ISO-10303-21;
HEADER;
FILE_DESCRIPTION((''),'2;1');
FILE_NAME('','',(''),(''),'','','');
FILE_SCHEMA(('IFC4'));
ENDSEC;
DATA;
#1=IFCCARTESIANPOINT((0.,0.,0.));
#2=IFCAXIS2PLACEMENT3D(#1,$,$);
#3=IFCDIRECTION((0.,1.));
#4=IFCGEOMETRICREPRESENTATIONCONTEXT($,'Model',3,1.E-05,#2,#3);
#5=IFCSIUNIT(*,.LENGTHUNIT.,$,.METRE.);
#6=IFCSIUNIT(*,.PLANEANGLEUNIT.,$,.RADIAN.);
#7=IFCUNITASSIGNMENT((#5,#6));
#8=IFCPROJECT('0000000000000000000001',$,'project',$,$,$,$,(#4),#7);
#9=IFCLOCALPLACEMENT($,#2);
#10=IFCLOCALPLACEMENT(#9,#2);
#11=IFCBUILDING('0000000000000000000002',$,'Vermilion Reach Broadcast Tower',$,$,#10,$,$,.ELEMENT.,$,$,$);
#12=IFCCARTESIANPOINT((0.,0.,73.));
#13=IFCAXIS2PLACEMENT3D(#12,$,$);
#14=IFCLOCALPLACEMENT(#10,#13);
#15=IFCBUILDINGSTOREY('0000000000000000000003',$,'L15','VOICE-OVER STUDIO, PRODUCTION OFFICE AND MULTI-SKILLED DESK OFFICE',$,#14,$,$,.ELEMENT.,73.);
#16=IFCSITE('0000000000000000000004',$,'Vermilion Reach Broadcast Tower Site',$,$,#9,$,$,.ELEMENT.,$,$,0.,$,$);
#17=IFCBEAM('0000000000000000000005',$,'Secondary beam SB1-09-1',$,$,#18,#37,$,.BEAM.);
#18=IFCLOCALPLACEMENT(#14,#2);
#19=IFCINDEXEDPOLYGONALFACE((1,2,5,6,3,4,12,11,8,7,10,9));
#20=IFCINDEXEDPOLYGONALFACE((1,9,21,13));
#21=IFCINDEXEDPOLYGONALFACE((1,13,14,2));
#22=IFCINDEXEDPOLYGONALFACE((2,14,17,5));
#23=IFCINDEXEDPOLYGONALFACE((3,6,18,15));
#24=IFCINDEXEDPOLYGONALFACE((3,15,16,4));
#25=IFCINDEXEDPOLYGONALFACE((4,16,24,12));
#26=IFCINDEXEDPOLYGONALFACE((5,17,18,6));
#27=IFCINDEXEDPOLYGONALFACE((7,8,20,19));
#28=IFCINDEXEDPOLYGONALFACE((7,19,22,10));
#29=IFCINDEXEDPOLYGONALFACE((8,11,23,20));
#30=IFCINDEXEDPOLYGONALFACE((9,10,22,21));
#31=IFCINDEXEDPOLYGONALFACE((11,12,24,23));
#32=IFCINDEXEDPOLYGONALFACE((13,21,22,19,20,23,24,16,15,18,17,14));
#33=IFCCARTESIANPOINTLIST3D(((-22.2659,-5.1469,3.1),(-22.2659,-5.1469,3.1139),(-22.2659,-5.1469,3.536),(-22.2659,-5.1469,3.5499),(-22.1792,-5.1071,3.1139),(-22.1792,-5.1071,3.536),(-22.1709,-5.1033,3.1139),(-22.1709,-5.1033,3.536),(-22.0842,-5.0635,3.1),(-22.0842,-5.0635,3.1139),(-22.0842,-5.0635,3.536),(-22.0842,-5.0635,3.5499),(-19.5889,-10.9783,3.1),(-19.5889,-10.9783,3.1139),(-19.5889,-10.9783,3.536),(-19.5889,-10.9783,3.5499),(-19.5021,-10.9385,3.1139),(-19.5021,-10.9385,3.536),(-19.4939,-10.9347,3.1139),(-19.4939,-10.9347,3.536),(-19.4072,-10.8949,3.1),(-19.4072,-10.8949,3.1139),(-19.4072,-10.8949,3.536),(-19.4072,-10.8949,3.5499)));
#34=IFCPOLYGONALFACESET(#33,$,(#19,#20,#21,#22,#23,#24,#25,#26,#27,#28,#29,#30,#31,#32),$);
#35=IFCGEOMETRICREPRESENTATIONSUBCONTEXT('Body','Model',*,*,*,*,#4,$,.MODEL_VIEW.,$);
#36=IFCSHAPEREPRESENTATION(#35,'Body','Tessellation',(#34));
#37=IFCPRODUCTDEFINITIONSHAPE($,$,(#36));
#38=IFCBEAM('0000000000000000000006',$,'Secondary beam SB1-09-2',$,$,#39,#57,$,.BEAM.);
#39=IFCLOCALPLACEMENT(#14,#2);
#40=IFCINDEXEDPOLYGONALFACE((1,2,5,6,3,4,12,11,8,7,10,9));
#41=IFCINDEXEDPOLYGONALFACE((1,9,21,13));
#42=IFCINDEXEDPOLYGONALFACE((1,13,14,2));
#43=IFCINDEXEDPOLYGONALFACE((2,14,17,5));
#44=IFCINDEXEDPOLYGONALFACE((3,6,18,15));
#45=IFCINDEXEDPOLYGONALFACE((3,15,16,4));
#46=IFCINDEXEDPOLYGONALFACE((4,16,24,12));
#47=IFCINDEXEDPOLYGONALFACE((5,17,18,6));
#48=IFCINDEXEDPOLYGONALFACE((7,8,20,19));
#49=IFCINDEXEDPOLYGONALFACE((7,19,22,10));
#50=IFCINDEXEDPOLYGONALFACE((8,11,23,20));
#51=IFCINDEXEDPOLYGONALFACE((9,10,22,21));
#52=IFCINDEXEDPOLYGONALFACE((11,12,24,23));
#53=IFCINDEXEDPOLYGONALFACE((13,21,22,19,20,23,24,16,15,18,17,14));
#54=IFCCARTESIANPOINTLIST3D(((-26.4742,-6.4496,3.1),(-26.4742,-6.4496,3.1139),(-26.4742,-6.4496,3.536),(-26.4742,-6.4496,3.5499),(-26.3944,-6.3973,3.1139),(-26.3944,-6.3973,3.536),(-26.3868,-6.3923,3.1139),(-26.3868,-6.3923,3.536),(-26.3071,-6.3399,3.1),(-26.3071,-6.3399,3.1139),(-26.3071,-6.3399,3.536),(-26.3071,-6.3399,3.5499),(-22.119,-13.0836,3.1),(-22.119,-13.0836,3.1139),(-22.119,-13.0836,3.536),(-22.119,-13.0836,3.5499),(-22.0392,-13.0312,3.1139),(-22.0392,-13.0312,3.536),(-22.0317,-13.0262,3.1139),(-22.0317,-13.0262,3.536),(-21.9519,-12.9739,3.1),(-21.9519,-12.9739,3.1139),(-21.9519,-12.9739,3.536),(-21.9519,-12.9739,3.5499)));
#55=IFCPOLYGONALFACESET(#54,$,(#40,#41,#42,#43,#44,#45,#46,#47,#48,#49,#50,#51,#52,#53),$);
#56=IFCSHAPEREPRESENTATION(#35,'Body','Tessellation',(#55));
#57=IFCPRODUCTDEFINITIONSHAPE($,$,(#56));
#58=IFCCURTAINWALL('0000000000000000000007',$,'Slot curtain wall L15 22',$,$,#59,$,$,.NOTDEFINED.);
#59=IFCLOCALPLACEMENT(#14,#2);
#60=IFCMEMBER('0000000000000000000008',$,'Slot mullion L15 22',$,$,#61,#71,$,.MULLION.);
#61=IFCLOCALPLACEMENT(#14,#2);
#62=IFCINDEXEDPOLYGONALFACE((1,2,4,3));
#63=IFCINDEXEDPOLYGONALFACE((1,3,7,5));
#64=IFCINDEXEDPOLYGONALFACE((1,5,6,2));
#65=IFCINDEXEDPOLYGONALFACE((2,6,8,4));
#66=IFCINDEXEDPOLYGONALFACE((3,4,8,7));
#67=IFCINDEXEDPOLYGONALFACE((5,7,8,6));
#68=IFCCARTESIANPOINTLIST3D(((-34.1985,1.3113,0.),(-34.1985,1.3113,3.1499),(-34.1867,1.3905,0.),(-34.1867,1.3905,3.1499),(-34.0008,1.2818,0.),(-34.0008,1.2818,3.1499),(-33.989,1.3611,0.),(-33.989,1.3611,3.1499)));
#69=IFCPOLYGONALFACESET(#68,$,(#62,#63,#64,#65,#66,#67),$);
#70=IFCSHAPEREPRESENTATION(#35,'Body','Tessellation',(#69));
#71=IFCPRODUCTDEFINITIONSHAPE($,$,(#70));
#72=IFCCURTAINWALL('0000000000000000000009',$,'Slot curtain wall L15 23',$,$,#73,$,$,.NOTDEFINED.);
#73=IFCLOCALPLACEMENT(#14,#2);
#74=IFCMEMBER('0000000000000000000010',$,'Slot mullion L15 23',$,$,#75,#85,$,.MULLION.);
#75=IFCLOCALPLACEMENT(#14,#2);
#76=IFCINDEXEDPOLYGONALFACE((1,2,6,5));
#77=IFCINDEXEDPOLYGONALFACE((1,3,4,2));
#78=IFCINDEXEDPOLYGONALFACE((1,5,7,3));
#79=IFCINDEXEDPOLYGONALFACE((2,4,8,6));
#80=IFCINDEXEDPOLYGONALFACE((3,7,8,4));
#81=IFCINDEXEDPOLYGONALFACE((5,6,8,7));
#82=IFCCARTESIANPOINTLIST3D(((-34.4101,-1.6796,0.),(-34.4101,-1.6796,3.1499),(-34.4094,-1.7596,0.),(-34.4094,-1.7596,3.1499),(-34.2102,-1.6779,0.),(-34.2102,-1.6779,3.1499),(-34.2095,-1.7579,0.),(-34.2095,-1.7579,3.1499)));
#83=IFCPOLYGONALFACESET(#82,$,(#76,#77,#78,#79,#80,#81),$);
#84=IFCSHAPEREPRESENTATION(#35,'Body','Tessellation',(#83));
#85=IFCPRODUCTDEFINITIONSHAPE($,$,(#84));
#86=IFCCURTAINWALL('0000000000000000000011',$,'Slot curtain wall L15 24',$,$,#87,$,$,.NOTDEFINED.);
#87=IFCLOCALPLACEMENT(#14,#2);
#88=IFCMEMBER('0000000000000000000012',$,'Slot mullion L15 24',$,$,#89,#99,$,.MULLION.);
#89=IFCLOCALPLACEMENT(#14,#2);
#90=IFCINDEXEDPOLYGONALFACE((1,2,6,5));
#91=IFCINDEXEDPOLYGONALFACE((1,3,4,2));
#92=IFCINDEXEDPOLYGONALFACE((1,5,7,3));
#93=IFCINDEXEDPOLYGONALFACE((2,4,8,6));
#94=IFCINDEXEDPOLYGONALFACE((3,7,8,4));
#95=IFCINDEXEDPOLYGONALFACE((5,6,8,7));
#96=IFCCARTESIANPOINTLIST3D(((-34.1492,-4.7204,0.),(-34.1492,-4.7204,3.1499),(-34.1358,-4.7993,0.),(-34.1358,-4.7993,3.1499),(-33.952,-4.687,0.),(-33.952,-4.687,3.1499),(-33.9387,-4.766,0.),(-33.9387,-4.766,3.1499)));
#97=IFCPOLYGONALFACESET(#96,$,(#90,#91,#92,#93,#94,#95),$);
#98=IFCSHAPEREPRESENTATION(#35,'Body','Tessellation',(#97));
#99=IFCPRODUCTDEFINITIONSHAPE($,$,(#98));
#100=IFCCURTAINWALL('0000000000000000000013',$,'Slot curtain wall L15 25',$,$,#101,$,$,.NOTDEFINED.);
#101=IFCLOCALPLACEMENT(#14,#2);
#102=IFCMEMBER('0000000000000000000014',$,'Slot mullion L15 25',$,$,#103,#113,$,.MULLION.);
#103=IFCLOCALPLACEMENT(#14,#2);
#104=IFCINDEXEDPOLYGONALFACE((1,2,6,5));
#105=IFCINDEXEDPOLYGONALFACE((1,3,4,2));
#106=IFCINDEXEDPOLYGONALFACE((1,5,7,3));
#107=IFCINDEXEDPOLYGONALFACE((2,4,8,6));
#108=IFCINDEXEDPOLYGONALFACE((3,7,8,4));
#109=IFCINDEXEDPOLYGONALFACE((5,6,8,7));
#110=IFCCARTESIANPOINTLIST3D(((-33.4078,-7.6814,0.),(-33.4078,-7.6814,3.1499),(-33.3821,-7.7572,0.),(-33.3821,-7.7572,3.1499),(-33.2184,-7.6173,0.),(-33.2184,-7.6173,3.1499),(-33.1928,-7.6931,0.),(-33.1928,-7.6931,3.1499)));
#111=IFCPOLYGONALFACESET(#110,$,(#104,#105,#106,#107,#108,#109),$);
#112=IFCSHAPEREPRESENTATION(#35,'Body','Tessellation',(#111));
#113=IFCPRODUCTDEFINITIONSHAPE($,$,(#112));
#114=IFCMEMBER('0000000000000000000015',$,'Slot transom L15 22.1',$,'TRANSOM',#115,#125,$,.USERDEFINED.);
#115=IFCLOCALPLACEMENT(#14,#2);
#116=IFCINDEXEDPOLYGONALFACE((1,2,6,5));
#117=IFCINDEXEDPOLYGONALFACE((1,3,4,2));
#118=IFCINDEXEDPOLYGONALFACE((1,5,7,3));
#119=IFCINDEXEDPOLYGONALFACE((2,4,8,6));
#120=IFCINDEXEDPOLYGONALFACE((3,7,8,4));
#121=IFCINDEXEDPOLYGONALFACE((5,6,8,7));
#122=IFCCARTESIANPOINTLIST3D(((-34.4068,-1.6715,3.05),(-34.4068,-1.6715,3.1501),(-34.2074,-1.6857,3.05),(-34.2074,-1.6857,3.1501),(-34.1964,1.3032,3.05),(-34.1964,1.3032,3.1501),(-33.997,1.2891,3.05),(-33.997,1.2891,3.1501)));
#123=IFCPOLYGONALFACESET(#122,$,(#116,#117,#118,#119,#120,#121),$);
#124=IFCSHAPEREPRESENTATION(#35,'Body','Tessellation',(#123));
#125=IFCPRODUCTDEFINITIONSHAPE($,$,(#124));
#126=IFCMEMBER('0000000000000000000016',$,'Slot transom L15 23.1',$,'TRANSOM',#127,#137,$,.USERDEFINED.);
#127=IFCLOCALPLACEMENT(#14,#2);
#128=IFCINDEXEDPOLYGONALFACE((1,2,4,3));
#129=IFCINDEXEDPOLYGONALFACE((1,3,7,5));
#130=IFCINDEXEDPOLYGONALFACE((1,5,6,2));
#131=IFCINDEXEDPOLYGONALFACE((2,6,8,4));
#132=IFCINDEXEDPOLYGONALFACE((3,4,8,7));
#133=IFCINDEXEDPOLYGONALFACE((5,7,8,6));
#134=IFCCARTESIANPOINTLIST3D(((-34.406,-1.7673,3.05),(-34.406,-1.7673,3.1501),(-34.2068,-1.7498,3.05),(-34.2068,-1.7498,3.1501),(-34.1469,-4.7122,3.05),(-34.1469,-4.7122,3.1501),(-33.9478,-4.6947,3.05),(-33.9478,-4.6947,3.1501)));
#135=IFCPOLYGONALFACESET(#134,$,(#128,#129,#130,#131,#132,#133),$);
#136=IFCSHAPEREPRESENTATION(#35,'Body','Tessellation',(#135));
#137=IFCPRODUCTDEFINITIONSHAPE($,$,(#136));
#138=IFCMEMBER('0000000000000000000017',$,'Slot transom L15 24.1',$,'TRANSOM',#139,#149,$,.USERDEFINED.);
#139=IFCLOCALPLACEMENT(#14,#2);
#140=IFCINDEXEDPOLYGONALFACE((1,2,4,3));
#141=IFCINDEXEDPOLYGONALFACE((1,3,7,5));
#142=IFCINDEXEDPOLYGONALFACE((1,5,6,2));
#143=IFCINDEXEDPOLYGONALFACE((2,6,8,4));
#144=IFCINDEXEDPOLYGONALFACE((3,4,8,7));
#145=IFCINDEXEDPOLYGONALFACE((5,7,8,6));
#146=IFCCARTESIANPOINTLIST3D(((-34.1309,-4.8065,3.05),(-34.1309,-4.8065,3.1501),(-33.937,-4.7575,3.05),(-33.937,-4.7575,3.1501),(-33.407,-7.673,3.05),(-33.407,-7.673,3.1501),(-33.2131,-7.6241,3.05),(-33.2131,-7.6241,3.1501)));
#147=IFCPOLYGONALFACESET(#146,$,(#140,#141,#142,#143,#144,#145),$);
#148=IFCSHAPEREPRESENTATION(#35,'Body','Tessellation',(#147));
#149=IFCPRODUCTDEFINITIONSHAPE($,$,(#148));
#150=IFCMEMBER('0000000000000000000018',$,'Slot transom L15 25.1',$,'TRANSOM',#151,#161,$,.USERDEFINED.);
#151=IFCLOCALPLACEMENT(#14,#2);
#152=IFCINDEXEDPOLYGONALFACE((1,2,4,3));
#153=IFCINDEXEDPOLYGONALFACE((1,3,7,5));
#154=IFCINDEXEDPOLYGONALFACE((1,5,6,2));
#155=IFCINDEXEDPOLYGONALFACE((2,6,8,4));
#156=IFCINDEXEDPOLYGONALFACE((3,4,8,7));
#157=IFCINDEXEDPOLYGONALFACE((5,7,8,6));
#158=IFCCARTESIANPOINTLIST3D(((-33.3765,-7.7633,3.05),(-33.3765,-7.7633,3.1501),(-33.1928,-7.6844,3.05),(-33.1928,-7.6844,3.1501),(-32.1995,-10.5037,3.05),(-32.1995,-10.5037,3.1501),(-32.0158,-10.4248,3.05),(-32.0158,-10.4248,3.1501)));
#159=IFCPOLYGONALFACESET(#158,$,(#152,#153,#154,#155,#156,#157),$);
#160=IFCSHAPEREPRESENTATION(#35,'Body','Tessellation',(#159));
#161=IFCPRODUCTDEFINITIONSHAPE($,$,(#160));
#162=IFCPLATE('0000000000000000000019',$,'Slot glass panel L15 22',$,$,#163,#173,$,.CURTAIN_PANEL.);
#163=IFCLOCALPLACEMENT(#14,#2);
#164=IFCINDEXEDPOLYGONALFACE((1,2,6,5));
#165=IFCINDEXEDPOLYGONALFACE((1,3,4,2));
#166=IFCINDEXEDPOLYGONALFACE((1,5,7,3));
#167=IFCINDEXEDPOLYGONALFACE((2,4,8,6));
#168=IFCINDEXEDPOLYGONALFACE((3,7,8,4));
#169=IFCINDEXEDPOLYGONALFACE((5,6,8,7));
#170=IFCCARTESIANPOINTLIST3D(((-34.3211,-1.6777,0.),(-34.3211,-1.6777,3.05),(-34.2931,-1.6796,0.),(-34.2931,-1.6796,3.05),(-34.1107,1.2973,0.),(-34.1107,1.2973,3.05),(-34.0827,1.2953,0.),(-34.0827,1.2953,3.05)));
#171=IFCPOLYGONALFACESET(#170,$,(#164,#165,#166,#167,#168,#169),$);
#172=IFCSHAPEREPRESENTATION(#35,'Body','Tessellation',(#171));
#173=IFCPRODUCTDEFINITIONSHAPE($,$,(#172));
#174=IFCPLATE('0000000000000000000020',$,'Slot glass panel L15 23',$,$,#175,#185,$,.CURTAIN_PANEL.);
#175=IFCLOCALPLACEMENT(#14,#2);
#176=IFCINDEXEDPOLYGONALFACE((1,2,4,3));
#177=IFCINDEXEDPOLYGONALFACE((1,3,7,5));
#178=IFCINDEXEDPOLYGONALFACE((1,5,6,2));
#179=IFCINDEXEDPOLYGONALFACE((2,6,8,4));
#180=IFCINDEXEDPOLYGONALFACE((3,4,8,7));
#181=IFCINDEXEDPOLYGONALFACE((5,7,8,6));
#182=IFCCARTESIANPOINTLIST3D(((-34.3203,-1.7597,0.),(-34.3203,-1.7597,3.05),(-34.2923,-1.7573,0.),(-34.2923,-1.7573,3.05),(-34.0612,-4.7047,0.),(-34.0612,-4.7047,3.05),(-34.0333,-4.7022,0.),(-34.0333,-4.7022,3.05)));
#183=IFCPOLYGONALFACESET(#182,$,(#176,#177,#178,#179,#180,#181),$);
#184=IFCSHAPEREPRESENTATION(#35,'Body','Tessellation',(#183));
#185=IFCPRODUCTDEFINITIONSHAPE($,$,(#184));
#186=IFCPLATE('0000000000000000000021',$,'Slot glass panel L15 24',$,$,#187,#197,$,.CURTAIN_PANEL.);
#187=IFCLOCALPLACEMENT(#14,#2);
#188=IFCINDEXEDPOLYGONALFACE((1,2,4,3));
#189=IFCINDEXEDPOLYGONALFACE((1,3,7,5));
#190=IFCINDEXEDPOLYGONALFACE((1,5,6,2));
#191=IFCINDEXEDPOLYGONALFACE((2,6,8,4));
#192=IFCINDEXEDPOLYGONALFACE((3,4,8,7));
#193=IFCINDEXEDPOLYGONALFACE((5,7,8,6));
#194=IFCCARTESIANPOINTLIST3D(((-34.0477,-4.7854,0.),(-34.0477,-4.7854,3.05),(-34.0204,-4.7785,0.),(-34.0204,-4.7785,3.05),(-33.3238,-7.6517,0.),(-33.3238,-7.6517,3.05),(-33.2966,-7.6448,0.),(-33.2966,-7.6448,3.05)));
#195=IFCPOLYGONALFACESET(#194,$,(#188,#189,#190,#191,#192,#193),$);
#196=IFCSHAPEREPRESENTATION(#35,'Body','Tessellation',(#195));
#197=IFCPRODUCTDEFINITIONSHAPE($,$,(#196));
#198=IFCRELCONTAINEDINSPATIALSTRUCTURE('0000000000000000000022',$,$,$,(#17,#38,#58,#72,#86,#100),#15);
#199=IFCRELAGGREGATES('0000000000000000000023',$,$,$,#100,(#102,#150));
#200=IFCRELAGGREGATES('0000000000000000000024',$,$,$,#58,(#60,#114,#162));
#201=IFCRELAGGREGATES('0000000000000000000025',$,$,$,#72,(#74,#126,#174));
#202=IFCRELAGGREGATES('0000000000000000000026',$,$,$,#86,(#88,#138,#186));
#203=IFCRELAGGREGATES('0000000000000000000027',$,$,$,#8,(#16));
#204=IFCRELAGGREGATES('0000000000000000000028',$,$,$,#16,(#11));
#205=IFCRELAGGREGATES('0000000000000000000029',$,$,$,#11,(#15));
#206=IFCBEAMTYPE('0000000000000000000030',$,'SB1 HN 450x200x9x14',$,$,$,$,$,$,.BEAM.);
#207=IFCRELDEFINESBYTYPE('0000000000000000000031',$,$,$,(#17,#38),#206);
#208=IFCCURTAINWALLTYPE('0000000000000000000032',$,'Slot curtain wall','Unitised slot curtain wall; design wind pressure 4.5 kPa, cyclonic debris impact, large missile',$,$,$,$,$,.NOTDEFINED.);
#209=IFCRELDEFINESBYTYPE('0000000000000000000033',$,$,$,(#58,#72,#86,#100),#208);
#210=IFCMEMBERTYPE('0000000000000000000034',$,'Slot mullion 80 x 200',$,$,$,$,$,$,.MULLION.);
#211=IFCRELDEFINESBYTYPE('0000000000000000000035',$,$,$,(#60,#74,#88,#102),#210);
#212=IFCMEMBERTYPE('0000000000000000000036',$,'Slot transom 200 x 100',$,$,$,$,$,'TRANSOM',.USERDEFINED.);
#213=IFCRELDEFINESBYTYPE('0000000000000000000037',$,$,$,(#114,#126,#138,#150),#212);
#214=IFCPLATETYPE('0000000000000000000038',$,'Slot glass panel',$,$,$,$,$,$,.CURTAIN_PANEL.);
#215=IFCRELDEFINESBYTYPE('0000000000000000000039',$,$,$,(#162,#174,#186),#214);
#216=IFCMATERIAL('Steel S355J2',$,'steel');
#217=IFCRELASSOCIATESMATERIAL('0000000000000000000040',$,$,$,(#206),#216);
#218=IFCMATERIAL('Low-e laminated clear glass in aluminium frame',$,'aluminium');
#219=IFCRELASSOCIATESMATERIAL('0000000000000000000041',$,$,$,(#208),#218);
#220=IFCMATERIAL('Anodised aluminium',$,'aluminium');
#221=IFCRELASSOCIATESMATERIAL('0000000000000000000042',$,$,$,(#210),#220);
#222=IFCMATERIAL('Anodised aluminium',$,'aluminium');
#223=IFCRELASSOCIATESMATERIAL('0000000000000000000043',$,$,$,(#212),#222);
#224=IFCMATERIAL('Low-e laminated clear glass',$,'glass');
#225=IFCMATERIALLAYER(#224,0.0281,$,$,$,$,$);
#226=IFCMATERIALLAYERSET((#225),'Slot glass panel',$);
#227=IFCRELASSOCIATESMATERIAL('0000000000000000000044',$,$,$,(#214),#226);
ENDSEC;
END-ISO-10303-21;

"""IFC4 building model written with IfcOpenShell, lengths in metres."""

from ifc_helpers import new_model, si_unit, direction, frame, origin, origin_2d, place, context, subcontext, project, spatial, rectangle, i_section, extrude, material, layer, layer_set, material_profile, profile_set, type_object, element, aggregate, save


model = new_model("IFC4")

# Units and contexts
model_context = context("Model", 3, precision=1e-05, world=origin(), true_north=direction((0.0, 1.0)))
body_context = subcontext(model_context, "Body", "Model", "MODEL_VIEW")
ifc_project = project(units=[si_unit("LENGTHUNIT", "METRE"), si_unit("PLANEANGLEUNIT", "RADIAN")], contexts=[model_context])

# Site, building, storey
site_placement = place(None, origin())
site = spatial("IfcSite", under=ifc_project, at=site_placement, Name="Vermilion Reach Broadcast Tower Site", CompositionType="ELEMENT", RefElevation=0.0)
building_placement = place(site_placement, origin())
building = spatial("IfcBuilding", under=site, at=building_placement, Name="Vermilion Reach Broadcast Tower", CompositionType="ELEMENT")
storey_placement = place(building_placement, frame((0.0, 0.0, 73.0)))
storey = spatial("IfcBuildingStorey", under=building, at=storey_placement, Name="L15", Description="VOICE-OVER STUDIO, PRODUCTION OFFICE AND MULTI-SKILLED DESK OFFICE", CompositionType="ELEMENT", Elevation=73.0)

# Beams
ifc_material_1 = material(Name="Steel S355J2", Category="steel")
ifc_material_profile_1 = material_profile(ifc_material_1, i_section(OverallWidth=0.2, OverallDepth=0.45, WebThickness=0.009, FlangeThickness=0.0139, at=origin_2d()), Name="S355J2 HN 450x200x9x14")
ifc_profile_set_1 = profile_set([ifc_material_profile_1], Name="Steel S355J2")
beam_type_1 = type_object("IfcBeamType", Name="SB1 HN 450x200x9x14", PredefinedType="BEAM", material=ifc_profile_set_1)
beam_1_placement = place(storey_placement, frame((-22.175, -5.1052, 3.325), z_axis=(0.417211, -0.908809, 0.0), x_axis=(0.908809, 0.417211, 0.0)))
element("IfcBeam", 1, at=beam_1_placement, inside=storey, type_object=beam_type_1, Name="Secondary beam SB1-09-1", PredefinedType="BEAM", context=body_context, shape_type="SweptSolid", body=[
    extrude(i_section(OverallWidth=0.2, OverallDepth=0.45, WebThickness=0.009, FlangeThickness=0.0139, at=origin_2d()), origin(), (0.0, 0.0, 1.0), 6.4165),
])
beam_2_placement = place(storey_placement, frame((-26.3906, -6.3948, 3.325), z_axis=(0.548801, -0.835953, 0.0), x_axis=(0.835953, 0.548801, 0.0)))
element("IfcBeam", 2, at=beam_2_placement, inside=storey, type_object=beam_type_1, Name="Secondary beam SB1-09-2", PredefinedType="BEAM", context=body_context, shape_type="SweptSolid", body=[
    extrude(i_section(OverallWidth=0.2, OverallDepth=0.45, WebThickness=0.009, FlangeThickness=0.0139, at=origin_2d()), origin(), (0.0, 0.0, 1.0), 7.9358),
])

# Curtain walls, members
ifc_material_2 = material(Name="Low-e laminated clear glass in aluminium frame", Category="aluminium")
curtain_wall_type = type_object("IfcCurtainWallType", Name="Slot curtain wall", Description="Unitised slot curtain wall; design wind pressure 4.5 kPa, cyclonic debris impact, large missile", PredefinedType="NOTDEFINED", material=ifc_material_2)
placement = place(storey_placement, origin())
curtain_wall_1 = element("IfcCurtainWall", 3, at=placement, inside=storey, type_object=curtain_wall_type, Name="Slot curtain wall L15 22", PredefinedType="NOTDEFINED")
ifc_material_3 = material(Name="Anodised aluminium", Category="aluminium")
ifc_material_profile_2 = material_profile(ifc_material_3, rectangle(XDim=0.2, YDim=0.0801, at=origin_2d()), Name="Slot mullion 80 x 200")
ifc_profile_set_2 = profile_set([ifc_material_profile_2], Name="Anodised aluminium")
member_type_1 = type_object("IfcMemberType", Name="Slot mullion 80 x 200", PredefinedType="MULLION", material=ifc_profile_set_2)
member_1_placement = place(storey_placement, frame((-34.0938, 1.3362, 0.0), z_axis=(0.0, 0.0, 1.0), x_axis=(0.989084, -0.147351, 0.0)))
member_1 = element("IfcMember", 4, at=member_1_placement, type_object=member_type_1, Name="Slot mullion L15 22", PredefinedType="MULLION", context=body_context, shape_type="SweptSolid", body=[
    extrude(rectangle(XDim=0.2, YDim=0.0801, at=origin_2d()), origin(), (0.0, 0.0, 1.0), 3.1499),
])
curtain_wall_2 = element("IfcCurtainWall", 5, at=placement, inside=storey, type_object=curtain_wall_type, Name="Slot curtain wall L15 23", PredefinedType="NOTDEFINED")
member_2_placement = place(storey_placement, frame((-34.3098, -1.7188, 0.0), z_axis=(0.0, 0.0, 1.0), x_axis=(0.999963, 0.008572, 0.0)))
member_2 = element("IfcMember", 6, at=member_2_placement, type_object=member_type_1, Name="Slot mullion L15 23", PredefinedType="MULLION", context=body_context, shape_type="SweptSolid", body=[
    extrude(rectangle(XDim=0.2, YDim=0.0801, at=origin_2d()), origin(), (0.0, 0.0, 1.0), 3.1499),
])
curtain_wall_3 = element("IfcCurtainWall", 7, at=placement, inside=storey, type_object=curtain_wall_type, Name="Slot curtain wall L15 24", PredefinedType="NOTDEFINED")
member_3_placement = place(storey_placement, frame((-34.0439, -4.7432, 0.0), z_axis=(0.0, 0.0, 1.0), x_axis=(0.985996, 0.166769, 0.0)))
member_3 = element("IfcMember", 8, at=member_3_placement, type_object=member_type_1, Name="Slot mullion L15 24", PredefinedType="MULLION", context=body_context, shape_type="SweptSolid", body=[
    extrude(rectangle(XDim=0.2, YDim=0.0801, at=origin_2d()), origin(), (0.0, 0.0, 1.0), 3.1499),
])
curtain_wall_4 = element("IfcCurtainWall", 9, at=placement, inside=storey, type_object=curtain_wall_type, Name="Slot curtain wall L15 25", PredefinedType="NOTDEFINED")
member_4_placement = place(storey_placement, frame((-33.3003, -7.6873, 0.0), z_axis=(0.0, 0.0, 1.0), x_axis=(0.947161, 0.32076, 0.0)))
member_4 = element("IfcMember", 10, at=member_4_placement, type_object=member_type_1, Name="Slot mullion L15 25", PredefinedType="MULLION", context=body_context, shape_type="SweptSolid", body=[
    extrude(rectangle(XDim=0.2, YDim=0.0801, at=origin_2d()), origin(), (0.0, 0.0, 1.0), 3.1499),
])

# Members
ifc_material_4 = material(Name="Anodised aluminium", Category="aluminium")
ifc_material_profile_3 = material_profile(ifc_material_4, rectangle(XDim=0.2, YDim=0.1001, at=origin_2d()), Name="Slot transom 200 x 100")
ifc_profile_set_3 = profile_set([ifc_material_profile_3], Name="Anodised aluminium")
member_type_2 = type_object("IfcMemberType", Name="Slot transom 200 x 100", ElementType="TRANSOM", PredefinedType="USERDEFINED", material=ifc_profile_set_3)
member_5_placement = place(storey_placement, frame((-34.0967, 1.2961, 3.1001), z_axis=(-0.070566, -0.997507, 0.0), x_axis=(0.997507, -0.070566, 0.0)))
member_5 = element("IfcMember", 11, at=member_5_placement, type_object=member_type_2, Name="Slot transom L15 22.1", ObjectType="TRANSOM", PredefinedType="USERDEFINED", context=body_context, shape_type="SweptSolid", body=[
    extrude(rectangle(XDim=0.2, YDim=0.1001, at=origin_2d()), origin(), (0.0, 0.0, 1.0), 2.9822),
])
member_6_placement = place(storey_placement, frame((-34.3064, -1.7585, 3.1001), z_axis=(0.087624, -0.996154, 0.0), x_axis=(0.996154, 0.087624, 0.0)))
member_6 = element("IfcMember", 12, at=member_6_placement, type_object=member_type_2, Name="Slot transom L15 23.1", ObjectType="TRANSOM", PredefinedType="USERDEFINED", context=body_context, shape_type="SweptSolid", body=[
    extrude(rectangle(XDim=0.2, YDim=0.1001, at=origin_2d()), origin(), (0.0, 0.0, 1.0), 2.9563),
])
member_7_placement = place(storey_placement, frame((-34.0339, -4.782, 3.1001), z_axis=(0.244847, -0.969562, 0.0), x_axis=(0.969562, 0.244847, 0.0)))
member_7 = element("IfcMember", 13, at=member_7_placement, type_object=member_type_2, Name="Slot transom L15 24.1", ObjectType="TRANSOM", PredefinedType="USERDEFINED", context=body_context, shape_type="SweptSolid", body=[
    extrude(rectangle(XDim=0.2, YDim=0.1001, at=origin_2d()), origin(), (0.0, 0.0, 1.0), 2.9565),
])
member_8_placement = place(storey_placement, frame((-33.2847, -7.7239, 3.1001), z_axis=(0.39466, -0.918827, 0.0), x_axis=(0.918827, 0.39466, 0.0)))
member_8 = element("IfcMember", 14, at=member_8_placement, type_object=member_type_2, Name="Slot transom L15 25.1", ObjectType="TRANSOM", PredefinedType="USERDEFINED", context=body_context, shape_type="SweptSolid", body=[
    extrude(rectangle(XDim=0.2, YDim=0.1001, at=origin_2d()), origin(), (0.0, 0.0, 1.0), 2.9824),
])
aggregate(curtain_wall_4, [member_4, member_8])

# Plates
ifc_material_5 = material(Name="Low-e laminated clear glass", Category="glass")
ifc_layer_1 = layer(ifc_material_5, 0.0281)
ifc_layer_set_1 = layer_set([ifc_layer_1], Name="Slot glass panel")
plate_type = type_object("IfcPlateType", Name="Slot glass panel", PredefinedType="CURTAIN_PANEL", material=ifc_layer_set_1)
plate_1_placement = place(storey_placement, frame((-34.2019, -0.1912, 0.0), z_axis=(0.0, 0.0, 1.0), x_axis=(-0.070532, -0.99751, 0.0)))
plate_1 = element("IfcPlate", 15, at=plate_1_placement, type_object=plate_type, Name="Slot glass panel L15 22", PredefinedType="CURTAIN_PANEL", context=body_context, shape_type="SweptSolid", body=[
    extrude(rectangle(XDim=2.9824, YDim=0.0281, at=origin_2d()), origin(), (0.0, 0.0, 1.0), 3.05),
])
aggregate(curtain_wall_1, [member_1, member_5, plate_1])
plate_2_placement = place(storey_placement, frame((-34.1768, -3.231, 0.0), z_axis=(0.0, 0.0, 1.0), x_axis=(0.087621, -0.996154, 0.0)))
plate_2 = element("IfcPlate", 16, at=plate_2_placement, type_object=plate_type, Name="Slot glass panel L15 23", PredefinedType="CURTAIN_PANEL", context=body_context, shape_type="SweptSolid", body=[
    extrude(rectangle(XDim=2.9563, YDim=0.0281, at=origin_2d()), origin(), (0.0, 0.0, 1.0), 3.05),
])
aggregate(curtain_wall_2, [member_2, member_6, plate_2])
plate_3_placement = place(storey_placement, frame((-33.6721, -6.2151, 0.0), z_axis=(0.0, 0.0, 1.0), x_axis=(0.244855, -0.96956, 0.0)))
plate_3 = element("IfcPlate", 17, at=plate_3_placement, type_object=plate_type, Name="Slot glass panel L15 24", PredefinedType="CURTAIN_PANEL", context=body_context, shape_type="SweptSolid", body=[
    extrude(rectangle(XDim=2.9563, YDim=0.0281, at=origin_2d()), origin(), (0.0, 0.0, 1.0), 3.05),
])
aggregate(curtain_wall_3, [member_3, member_7, plate_3])

save(model, "model.ifc")
